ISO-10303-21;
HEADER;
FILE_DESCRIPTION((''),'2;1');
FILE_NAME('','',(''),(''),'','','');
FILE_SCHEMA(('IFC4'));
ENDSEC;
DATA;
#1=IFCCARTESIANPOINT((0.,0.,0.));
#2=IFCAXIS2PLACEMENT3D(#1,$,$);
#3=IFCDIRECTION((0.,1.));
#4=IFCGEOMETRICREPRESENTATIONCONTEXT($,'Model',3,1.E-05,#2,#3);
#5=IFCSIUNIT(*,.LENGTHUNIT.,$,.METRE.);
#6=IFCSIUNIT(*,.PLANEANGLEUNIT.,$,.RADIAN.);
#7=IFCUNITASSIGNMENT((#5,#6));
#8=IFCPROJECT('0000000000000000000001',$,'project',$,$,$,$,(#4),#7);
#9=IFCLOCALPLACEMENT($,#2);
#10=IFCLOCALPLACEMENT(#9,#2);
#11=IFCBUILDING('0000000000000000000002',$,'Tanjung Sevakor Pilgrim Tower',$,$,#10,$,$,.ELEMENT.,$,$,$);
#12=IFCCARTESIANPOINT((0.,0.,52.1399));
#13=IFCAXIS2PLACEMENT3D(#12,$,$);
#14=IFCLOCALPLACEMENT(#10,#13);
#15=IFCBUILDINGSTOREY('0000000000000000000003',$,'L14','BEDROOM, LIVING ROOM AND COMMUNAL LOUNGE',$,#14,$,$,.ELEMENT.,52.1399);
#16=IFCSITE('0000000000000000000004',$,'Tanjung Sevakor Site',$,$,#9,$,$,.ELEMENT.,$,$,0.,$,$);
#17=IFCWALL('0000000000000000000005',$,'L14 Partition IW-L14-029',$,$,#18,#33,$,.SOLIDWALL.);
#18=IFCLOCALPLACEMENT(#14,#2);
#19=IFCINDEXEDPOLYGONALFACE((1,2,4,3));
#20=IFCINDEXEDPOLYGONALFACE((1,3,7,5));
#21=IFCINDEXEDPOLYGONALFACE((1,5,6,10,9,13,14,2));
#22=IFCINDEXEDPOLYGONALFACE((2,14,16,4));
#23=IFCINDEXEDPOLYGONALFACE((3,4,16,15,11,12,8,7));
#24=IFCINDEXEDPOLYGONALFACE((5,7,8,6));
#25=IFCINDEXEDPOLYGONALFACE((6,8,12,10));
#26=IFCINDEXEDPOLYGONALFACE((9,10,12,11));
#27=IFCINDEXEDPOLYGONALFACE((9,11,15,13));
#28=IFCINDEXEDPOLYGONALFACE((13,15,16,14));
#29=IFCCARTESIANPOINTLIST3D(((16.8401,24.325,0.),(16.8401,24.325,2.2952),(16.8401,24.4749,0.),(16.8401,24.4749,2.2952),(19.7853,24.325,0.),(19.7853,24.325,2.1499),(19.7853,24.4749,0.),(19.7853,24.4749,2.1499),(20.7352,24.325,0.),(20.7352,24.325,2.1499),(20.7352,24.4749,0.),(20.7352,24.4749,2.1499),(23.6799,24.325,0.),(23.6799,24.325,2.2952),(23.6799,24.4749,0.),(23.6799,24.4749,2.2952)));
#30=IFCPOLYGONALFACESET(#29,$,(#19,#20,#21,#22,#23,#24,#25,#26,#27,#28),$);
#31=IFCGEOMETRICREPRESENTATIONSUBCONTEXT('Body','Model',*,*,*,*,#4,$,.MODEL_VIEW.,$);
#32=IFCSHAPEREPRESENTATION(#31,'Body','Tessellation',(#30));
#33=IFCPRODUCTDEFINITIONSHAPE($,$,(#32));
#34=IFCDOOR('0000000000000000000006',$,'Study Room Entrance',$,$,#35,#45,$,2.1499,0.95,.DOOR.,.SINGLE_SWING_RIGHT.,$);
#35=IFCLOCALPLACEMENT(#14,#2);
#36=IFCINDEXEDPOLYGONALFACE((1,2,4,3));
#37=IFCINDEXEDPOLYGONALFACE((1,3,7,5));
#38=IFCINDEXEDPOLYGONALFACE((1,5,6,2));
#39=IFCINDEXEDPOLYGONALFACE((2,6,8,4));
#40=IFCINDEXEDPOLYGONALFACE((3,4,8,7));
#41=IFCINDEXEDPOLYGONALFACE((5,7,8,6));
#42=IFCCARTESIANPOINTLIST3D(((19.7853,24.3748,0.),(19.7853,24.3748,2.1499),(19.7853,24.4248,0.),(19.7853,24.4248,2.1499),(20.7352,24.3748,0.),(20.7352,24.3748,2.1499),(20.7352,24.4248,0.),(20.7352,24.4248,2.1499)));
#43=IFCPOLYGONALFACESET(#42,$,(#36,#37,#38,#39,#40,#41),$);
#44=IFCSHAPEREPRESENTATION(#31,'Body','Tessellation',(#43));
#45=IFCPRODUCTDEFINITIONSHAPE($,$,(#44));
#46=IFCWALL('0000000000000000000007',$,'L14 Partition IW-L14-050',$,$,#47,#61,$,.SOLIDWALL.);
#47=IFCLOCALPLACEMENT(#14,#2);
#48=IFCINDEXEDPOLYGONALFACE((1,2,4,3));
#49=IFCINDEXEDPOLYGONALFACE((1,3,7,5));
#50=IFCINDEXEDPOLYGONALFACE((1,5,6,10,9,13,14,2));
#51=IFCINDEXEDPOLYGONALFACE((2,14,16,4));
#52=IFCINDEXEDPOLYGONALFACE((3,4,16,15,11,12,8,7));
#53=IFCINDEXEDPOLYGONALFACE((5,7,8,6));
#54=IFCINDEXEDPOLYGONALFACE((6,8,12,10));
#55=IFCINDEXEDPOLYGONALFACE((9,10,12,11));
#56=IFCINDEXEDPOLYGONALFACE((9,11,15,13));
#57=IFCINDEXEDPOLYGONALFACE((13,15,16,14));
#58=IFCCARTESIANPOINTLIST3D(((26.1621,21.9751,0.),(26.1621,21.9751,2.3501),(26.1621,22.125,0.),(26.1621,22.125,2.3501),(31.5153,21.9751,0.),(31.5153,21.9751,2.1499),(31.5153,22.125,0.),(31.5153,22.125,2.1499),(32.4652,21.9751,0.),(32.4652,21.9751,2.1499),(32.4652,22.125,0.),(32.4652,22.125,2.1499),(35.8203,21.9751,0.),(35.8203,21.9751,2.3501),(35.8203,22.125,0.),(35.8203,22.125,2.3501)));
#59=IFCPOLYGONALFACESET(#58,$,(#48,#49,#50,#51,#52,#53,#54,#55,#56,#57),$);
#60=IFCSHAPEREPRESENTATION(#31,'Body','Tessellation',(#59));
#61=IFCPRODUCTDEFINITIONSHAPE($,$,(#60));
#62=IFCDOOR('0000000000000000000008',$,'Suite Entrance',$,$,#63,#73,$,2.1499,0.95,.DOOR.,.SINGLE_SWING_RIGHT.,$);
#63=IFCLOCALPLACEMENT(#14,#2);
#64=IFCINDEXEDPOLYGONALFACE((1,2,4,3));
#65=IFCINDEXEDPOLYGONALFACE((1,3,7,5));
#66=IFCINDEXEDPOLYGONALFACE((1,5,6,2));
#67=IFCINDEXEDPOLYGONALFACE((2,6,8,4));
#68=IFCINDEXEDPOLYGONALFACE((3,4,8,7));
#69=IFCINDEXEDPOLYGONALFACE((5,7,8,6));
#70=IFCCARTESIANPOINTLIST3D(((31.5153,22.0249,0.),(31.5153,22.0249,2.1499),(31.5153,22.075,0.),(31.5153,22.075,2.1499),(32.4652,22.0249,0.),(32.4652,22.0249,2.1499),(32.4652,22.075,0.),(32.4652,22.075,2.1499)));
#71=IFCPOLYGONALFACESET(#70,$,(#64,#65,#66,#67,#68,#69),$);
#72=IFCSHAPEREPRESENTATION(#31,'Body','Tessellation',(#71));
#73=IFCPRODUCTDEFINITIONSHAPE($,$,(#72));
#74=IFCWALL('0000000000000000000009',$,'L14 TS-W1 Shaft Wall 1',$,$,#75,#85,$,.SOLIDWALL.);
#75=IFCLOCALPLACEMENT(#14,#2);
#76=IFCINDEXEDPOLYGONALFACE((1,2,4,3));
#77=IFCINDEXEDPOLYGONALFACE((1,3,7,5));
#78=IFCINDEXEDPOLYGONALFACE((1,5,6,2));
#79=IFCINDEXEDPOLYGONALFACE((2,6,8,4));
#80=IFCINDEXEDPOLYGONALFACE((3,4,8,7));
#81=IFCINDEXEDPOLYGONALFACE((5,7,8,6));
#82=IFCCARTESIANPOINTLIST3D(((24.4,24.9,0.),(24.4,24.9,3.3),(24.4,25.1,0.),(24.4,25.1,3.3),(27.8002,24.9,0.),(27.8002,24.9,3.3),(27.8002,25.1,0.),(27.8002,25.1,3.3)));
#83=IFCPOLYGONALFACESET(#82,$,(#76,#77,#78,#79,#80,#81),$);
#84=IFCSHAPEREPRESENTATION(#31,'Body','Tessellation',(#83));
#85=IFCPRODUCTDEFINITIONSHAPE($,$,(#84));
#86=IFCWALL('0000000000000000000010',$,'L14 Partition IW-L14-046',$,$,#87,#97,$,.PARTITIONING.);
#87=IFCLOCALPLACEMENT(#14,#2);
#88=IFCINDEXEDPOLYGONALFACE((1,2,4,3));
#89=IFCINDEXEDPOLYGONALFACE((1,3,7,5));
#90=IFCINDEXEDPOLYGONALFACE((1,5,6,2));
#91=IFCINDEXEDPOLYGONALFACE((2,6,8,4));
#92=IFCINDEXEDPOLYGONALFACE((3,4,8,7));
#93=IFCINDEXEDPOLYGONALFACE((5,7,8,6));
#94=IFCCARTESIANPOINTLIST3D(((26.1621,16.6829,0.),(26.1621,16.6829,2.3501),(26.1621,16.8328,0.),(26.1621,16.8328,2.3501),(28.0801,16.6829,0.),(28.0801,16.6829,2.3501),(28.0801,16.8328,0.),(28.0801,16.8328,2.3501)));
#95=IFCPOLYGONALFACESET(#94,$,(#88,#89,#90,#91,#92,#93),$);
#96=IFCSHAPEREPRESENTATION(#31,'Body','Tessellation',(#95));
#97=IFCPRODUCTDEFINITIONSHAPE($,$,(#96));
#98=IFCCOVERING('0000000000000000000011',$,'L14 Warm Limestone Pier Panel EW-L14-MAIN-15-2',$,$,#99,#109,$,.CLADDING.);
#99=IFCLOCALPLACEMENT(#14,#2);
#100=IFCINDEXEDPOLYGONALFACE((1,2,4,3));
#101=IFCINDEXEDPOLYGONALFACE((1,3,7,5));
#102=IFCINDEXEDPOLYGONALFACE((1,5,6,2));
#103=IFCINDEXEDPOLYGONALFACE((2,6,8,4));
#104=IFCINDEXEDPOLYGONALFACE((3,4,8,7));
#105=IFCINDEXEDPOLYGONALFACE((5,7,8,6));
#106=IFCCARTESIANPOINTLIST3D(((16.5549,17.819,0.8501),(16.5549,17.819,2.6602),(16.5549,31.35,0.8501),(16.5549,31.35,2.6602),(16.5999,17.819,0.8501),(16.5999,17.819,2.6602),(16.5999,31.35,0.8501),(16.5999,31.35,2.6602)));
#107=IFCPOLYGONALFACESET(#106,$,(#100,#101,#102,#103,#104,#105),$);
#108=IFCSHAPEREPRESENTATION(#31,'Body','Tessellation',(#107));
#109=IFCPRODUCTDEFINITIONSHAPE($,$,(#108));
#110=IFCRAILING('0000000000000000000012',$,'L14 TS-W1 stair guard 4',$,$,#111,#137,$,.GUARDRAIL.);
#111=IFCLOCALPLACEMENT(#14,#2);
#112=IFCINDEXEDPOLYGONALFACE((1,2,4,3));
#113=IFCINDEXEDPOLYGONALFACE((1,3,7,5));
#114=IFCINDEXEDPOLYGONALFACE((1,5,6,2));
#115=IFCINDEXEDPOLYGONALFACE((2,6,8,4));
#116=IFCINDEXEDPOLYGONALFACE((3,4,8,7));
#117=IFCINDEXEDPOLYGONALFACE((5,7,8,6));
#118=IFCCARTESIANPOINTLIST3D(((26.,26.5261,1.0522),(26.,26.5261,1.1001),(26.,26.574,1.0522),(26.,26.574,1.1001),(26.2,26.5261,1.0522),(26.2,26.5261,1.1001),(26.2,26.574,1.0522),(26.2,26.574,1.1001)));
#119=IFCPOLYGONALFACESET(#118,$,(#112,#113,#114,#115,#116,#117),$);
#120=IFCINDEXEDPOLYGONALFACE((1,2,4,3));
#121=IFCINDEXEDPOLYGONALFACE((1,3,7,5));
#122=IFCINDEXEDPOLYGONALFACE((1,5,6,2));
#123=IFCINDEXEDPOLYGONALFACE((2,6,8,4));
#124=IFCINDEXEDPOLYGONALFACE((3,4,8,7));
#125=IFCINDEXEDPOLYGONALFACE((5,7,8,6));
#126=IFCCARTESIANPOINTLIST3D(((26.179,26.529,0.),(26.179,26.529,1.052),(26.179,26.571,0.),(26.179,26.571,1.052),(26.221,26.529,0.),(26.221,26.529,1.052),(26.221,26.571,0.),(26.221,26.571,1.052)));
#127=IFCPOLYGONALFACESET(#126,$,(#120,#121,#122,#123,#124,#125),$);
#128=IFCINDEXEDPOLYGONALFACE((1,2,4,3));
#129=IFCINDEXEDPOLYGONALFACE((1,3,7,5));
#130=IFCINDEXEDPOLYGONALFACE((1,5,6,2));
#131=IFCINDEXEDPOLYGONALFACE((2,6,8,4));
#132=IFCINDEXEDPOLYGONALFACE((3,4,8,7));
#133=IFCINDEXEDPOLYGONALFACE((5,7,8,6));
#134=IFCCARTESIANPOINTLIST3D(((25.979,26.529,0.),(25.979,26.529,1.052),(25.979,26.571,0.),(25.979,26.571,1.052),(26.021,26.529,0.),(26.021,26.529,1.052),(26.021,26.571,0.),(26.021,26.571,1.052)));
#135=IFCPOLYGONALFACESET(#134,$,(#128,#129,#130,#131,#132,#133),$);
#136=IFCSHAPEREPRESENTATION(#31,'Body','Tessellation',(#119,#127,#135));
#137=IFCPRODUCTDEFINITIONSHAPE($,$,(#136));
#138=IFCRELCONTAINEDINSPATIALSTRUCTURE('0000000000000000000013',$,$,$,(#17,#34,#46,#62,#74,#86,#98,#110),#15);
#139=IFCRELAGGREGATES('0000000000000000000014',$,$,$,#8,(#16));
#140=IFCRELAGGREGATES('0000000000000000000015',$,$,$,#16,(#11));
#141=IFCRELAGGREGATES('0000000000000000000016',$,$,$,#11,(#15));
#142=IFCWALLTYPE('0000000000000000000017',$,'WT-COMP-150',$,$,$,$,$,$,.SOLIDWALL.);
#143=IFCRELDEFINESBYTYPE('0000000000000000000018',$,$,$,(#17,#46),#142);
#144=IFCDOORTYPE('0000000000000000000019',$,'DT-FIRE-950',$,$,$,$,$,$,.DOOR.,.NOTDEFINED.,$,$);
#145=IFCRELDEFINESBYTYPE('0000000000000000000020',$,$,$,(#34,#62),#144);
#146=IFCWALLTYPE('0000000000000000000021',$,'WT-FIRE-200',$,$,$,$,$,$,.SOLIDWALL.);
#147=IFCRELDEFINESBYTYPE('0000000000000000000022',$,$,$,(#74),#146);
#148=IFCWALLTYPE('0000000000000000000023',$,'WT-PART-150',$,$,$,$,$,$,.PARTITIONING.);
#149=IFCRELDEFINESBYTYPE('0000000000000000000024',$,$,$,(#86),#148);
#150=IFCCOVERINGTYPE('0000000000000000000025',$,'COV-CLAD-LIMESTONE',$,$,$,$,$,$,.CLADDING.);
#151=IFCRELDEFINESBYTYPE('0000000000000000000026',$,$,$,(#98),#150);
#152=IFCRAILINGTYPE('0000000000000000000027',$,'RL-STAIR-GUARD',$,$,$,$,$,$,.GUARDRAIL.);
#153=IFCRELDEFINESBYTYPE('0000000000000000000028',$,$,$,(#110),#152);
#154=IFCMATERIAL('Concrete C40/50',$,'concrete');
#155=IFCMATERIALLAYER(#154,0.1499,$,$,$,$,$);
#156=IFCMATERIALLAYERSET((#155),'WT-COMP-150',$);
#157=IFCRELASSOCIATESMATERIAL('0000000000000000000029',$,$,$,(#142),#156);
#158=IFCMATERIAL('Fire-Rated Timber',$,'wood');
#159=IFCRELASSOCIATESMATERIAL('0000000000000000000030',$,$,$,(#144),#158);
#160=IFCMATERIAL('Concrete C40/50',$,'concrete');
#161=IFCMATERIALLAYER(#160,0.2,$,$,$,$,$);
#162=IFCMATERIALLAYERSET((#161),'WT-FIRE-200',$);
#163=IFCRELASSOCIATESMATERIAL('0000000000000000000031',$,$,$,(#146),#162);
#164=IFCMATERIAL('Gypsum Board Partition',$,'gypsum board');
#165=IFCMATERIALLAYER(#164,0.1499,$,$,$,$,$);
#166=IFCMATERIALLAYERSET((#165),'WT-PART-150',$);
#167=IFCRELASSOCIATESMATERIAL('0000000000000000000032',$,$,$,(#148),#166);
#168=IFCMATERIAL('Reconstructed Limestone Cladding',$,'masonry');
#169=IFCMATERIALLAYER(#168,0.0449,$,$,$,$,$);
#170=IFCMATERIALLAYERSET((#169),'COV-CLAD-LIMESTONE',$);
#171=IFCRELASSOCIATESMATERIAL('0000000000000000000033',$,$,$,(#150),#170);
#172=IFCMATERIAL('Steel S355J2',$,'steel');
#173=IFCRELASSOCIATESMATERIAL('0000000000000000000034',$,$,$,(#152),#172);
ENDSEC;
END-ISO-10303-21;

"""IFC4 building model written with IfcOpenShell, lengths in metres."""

from ifc_helpers import new_model, si_unit, direction, frame, frame_2d, origin, origin_2d, place, context, subcontext, project, spatial, rectangle, extrude, material, layer, layer_set, type_object, element, fill, save


model = new_model("IFC4")

# Units and contexts
model_context = context("Model", 3, precision=1e-05, world=origin(), true_north=direction((0.0, 1.0)))
body_context = subcontext(model_context, "Body", "Model", "MODEL_VIEW")
ifc_project = project(units=[si_unit("LENGTHUNIT", "METRE"), si_unit("PLANEANGLEUNIT", "RADIAN")], contexts=[model_context])

# Site, building, storey
site_placement = place(None, origin())
site = spatial("IfcSite", under=ifc_project, at=site_placement, Name="Tanjung Sevakor Site", CompositionType="ELEMENT", RefElevation=0.0)
building_placement = place(site_placement, origin())
building = spatial("IfcBuilding", under=site, at=building_placement, Name="Tanjung Sevakor Pilgrim Tower", CompositionType="ELEMENT")
storey_placement = place(building_placement, frame((0.0, 0.0, 52.1399)))
storey = spatial("IfcBuildingStorey", under=building, at=storey_placement, Name="L14", Description="BEDROOM, LIVING ROOM AND COMMUNAL LOUNGE", CompositionType="ELEMENT", Elevation=52.1399)

# Walls, openings, doors
ifc_material_1 = material(Name="Concrete C40/50", Category="concrete")
ifc_layer_1 = layer(ifc_material_1, 0.1499)
ifc_layer_set_1 = layer_set([ifc_layer_1], Name="WT-COMP-150")
wall_type_1 = type_object("IfcWallType", Name="WT-COMP-150", PredefinedType="SOLIDWALL", material=ifc_layer_set_1)
wall_1_placement = place(storey_placement, frame((16.8401, 24.3999, 0.0), z_axis=(0.0, 0.0, 1.0), x_axis=(1.0, 0.0, 0.0)))
wall_1 = element("IfcWall", 1, at=wall_1_placement, inside=storey, type_object=wall_type_1, Name="L14 Partition IW-L14-029", PredefinedType="SOLIDWALL", context=body_context, shape_type="SweptSolid", body=[
    extrude(rectangle(XDim=6.8398, YDim=0.1499, at=frame_2d((3.4199, 0.0))), origin(), (0.0, 0.0, 1.0), 2.2952),
])
opening_1_placement = place(wall_1_placement, frame((2.9451, 0.0, 0.0)))
opening_1 = element("IfcOpeningElement", 2, at=opening_1_placement, cuts=wall_1, PredefinedType="OPENING", context=body_context, shape_type="SweptSolid", body=[
    extrude(rectangle(XDim=0.95, YDim=2.1499, at=frame_2d((0.4751, 1.075))), frame((0.0, 0.085, 0.0), z_axis=(0.0, -1.0, 0.0), x_axis=(1.0, 0.0, 0.0)), (0.0, 0.0, 1.0), 0.1699),
])
ifc_material_2 = material(Name="Fire-Rated Timber", Category="wood")
door_type_1 = type_object("IfcDoorType", Name="DT-FIRE-950", OperationType="NOTDEFINED", PredefinedType="DOOR", material=ifc_material_2)
door_1_placement = place(opening_1_placement, origin())
door_1 = element("IfcDoor", 3, at=door_1_placement, inside=storey, type_object=door_type_1, Name="Study Room Entrance", OperationType="SINGLE_SWING_RIGHT", OverallHeight=2.1499, OverallWidth=0.95, PredefinedType="DOOR", context=body_context, shape_type="SweptSolid", body=[
    extrude(rectangle(XDim=0.95, YDim=2.1499, at=frame_2d((0.4751, 1.075))), frame((0.0, 0.0249, 0.0), z_axis=(0.0, -1.0, 0.0), x_axis=(1.0, 0.0, 0.0)), (0.0, 0.0, 1.0), 0.05),
])
fill(opening_1, door_1)
wall_2_placement = place(storey_placement, frame((26.1621, 22.05, 0.0), z_axis=(0.0, 0.0, 1.0), x_axis=(1.0, 0.0, 0.0)))
wall_2 = element("IfcWall", 4, at=wall_2_placement, inside=storey, type_object=wall_type_1, Name="L14 Partition IW-L14-050", PredefinedType="SOLIDWALL", context=body_context, shape_type="SweptSolid", body=[
    extrude(rectangle(XDim=9.6582, YDim=0.1499, at=frame_2d((4.8291, 0.0))), origin(), (0.0, 0.0, 1.0), 2.3501),
])
opening_2_placement = place(wall_2_placement, frame((5.353, 0.0, 0.0)))
opening_2 = element("IfcOpeningElement", 5, at=opening_2_placement, cuts=wall_2, PredefinedType="OPENING", context=body_context, shape_type="SweptSolid", body=[
    extrude(rectangle(XDim=0.95, YDim=2.1499, at=frame_2d((0.4751, 1.075))), frame((0.0, 0.085, 0.0), z_axis=(0.0, -1.0, 0.0), x_axis=(1.0, 0.0, 0.0)), (0.0, 0.0, 1.0), 0.1699),
])
door_2_placement = place(opening_2_placement, origin())
door_2 = element("IfcDoor", 6, at=door_2_placement, inside=storey, type_object=door_type_1, Name="Suite Entrance", OperationType="SINGLE_SWING_RIGHT", OverallHeight=2.1499, OverallWidth=0.95, PredefinedType="DOOR", context=body_context, shape_type="SweptSolid", body=[
    extrude(rectangle(XDim=0.95, YDim=2.1499, at=frame_2d((0.4751, 1.075))), frame((0.0, 0.0249, 0.0), z_axis=(0.0, -1.0, 0.0), x_axis=(1.0, 0.0, 0.0)), (0.0, 0.0, 1.0), 0.05),
])
fill(opening_2, door_2)

# Walls
ifc_material_3 = material(Name="Concrete C40/50", Category="concrete")
ifc_layer_2 = layer(ifc_material_3, 0.2)
ifc_layer_set_2 = layer_set([ifc_layer_2], Name="WT-FIRE-200")
wall_type_2 = type_object("IfcWallType", Name="WT-FIRE-200", PredefinedType="SOLIDWALL", material=ifc_layer_set_2)
wall_3_placement = place(storey_placement, frame((24.3999, 25.0, 0.0), z_axis=(0.0, 0.0, 1.0), x_axis=(1.0, 0.0, 0.0)))
element("IfcWall", 7, at=wall_3_placement, inside=storey, type_object=wall_type_2, Name="L14 TS-W1 Shaft Wall 1", PredefinedType="SOLIDWALL", context=body_context, shape_type="SweptSolid", body=[
    extrude(rectangle(XDim=3.4001, YDim=0.2, at=frame_2d((1.7002, 0.0))), origin(), (0.0, 0.0, 1.0), 3.3),
])
ifc_material_4 = material(Name="Gypsum Board Partition", Category="gypsum board")
ifc_layer_3 = layer(ifc_material_4, 0.1499)
ifc_layer_set_3 = layer_set([ifc_layer_3], Name="WT-PART-150")
wall_type_3 = type_object("IfcWallType", Name="WT-PART-150", PredefinedType="PARTITIONING", material=ifc_layer_set_3)
wall_4_placement = place(storey_placement, frame((26.1621, 16.7578, 0.0), z_axis=(0.0, 0.0, 1.0), x_axis=(1.0, 0.0, 0.0)))
element("IfcWall", 8, at=wall_4_placement, inside=storey, type_object=wall_type_3, Name="L14 Partition IW-L14-046", PredefinedType="PARTITIONING", context=body_context, shape_type="SweptSolid", body=[
    extrude(rectangle(XDim=1.918, YDim=0.1499, at=frame_2d((0.959, 0.0))), origin(), (0.0, 0.0, 1.0), 2.3501),
])

# Covering
ifc_material_5 = material(Name="Reconstructed Limestone Cladding", Category="masonry")
ifc_layer_4 = layer(ifc_material_5, 0.0449)
ifc_layer_set_4 = layer_set([ifc_layer_4], Name="COV-CLAD-LIMESTONE")
covering_type = type_object("IfcCoveringType", Name="COV-CLAD-LIMESTONE", PredefinedType="CLADDING", material=ifc_layer_set_4)
covering_placement = place(storey_placement, frame((16.5774, 24.5845, 0.8501), z_axis=(0.0, 0.0, 1.0), x_axis=(0.0, -1.0, 0.0)))
element("IfcCovering", 9, at=covering_placement, inside=storey, type_object=covering_type, Name="L14 Warm Limestone Pier Panel EW-L14-MAIN-15-2", PredefinedType="CLADDING", context=body_context, shape_type="SweptSolid", body=[
    extrude(rectangle(XDim=13.531, YDim=0.0449, at=origin_2d()), origin(), (0.0, 0.0, 1.0), 1.8101),
])

# Railing
ifc_material_6 = material(Name="Steel S355J2", Category="steel")
railing_type = type_object("IfcRailingType", Name="RL-STAIR-GUARD", PredefinedType="GUARDRAIL", material=ifc_material_6)
railing_placement = place(storey_placement, frame((26.2, 26.55, 0.0)))
element("IfcRailing", 10, at=railing_placement, inside=storey, type_object=railing_type, Name="L14 TS-W1 stair guard 4", PredefinedType="GUARDRAIL", context=body_context, shape_type="SweptSolid", body=[
    extrude(rectangle(XDim=0.0479, YDim=0.0479), frame((0.0, 0.0, 1.0762), z_axis=(-1.0, 0.0, 0.0), x_axis=(0.0, -1.0, 0.0)), (0.0, 0.0, 1.0), 0.2),
    extrude(rectangle(XDim=0.042, YDim=0.042), origin(), (0.0, 0.0, 1.0), 1.052),
    extrude(rectangle(XDim=0.042, YDim=0.042), frame((-0.2, 0.0, 0.0)), (0.0, 0.0, 1.0), 1.052),
])

save(model, "model.ifc")
